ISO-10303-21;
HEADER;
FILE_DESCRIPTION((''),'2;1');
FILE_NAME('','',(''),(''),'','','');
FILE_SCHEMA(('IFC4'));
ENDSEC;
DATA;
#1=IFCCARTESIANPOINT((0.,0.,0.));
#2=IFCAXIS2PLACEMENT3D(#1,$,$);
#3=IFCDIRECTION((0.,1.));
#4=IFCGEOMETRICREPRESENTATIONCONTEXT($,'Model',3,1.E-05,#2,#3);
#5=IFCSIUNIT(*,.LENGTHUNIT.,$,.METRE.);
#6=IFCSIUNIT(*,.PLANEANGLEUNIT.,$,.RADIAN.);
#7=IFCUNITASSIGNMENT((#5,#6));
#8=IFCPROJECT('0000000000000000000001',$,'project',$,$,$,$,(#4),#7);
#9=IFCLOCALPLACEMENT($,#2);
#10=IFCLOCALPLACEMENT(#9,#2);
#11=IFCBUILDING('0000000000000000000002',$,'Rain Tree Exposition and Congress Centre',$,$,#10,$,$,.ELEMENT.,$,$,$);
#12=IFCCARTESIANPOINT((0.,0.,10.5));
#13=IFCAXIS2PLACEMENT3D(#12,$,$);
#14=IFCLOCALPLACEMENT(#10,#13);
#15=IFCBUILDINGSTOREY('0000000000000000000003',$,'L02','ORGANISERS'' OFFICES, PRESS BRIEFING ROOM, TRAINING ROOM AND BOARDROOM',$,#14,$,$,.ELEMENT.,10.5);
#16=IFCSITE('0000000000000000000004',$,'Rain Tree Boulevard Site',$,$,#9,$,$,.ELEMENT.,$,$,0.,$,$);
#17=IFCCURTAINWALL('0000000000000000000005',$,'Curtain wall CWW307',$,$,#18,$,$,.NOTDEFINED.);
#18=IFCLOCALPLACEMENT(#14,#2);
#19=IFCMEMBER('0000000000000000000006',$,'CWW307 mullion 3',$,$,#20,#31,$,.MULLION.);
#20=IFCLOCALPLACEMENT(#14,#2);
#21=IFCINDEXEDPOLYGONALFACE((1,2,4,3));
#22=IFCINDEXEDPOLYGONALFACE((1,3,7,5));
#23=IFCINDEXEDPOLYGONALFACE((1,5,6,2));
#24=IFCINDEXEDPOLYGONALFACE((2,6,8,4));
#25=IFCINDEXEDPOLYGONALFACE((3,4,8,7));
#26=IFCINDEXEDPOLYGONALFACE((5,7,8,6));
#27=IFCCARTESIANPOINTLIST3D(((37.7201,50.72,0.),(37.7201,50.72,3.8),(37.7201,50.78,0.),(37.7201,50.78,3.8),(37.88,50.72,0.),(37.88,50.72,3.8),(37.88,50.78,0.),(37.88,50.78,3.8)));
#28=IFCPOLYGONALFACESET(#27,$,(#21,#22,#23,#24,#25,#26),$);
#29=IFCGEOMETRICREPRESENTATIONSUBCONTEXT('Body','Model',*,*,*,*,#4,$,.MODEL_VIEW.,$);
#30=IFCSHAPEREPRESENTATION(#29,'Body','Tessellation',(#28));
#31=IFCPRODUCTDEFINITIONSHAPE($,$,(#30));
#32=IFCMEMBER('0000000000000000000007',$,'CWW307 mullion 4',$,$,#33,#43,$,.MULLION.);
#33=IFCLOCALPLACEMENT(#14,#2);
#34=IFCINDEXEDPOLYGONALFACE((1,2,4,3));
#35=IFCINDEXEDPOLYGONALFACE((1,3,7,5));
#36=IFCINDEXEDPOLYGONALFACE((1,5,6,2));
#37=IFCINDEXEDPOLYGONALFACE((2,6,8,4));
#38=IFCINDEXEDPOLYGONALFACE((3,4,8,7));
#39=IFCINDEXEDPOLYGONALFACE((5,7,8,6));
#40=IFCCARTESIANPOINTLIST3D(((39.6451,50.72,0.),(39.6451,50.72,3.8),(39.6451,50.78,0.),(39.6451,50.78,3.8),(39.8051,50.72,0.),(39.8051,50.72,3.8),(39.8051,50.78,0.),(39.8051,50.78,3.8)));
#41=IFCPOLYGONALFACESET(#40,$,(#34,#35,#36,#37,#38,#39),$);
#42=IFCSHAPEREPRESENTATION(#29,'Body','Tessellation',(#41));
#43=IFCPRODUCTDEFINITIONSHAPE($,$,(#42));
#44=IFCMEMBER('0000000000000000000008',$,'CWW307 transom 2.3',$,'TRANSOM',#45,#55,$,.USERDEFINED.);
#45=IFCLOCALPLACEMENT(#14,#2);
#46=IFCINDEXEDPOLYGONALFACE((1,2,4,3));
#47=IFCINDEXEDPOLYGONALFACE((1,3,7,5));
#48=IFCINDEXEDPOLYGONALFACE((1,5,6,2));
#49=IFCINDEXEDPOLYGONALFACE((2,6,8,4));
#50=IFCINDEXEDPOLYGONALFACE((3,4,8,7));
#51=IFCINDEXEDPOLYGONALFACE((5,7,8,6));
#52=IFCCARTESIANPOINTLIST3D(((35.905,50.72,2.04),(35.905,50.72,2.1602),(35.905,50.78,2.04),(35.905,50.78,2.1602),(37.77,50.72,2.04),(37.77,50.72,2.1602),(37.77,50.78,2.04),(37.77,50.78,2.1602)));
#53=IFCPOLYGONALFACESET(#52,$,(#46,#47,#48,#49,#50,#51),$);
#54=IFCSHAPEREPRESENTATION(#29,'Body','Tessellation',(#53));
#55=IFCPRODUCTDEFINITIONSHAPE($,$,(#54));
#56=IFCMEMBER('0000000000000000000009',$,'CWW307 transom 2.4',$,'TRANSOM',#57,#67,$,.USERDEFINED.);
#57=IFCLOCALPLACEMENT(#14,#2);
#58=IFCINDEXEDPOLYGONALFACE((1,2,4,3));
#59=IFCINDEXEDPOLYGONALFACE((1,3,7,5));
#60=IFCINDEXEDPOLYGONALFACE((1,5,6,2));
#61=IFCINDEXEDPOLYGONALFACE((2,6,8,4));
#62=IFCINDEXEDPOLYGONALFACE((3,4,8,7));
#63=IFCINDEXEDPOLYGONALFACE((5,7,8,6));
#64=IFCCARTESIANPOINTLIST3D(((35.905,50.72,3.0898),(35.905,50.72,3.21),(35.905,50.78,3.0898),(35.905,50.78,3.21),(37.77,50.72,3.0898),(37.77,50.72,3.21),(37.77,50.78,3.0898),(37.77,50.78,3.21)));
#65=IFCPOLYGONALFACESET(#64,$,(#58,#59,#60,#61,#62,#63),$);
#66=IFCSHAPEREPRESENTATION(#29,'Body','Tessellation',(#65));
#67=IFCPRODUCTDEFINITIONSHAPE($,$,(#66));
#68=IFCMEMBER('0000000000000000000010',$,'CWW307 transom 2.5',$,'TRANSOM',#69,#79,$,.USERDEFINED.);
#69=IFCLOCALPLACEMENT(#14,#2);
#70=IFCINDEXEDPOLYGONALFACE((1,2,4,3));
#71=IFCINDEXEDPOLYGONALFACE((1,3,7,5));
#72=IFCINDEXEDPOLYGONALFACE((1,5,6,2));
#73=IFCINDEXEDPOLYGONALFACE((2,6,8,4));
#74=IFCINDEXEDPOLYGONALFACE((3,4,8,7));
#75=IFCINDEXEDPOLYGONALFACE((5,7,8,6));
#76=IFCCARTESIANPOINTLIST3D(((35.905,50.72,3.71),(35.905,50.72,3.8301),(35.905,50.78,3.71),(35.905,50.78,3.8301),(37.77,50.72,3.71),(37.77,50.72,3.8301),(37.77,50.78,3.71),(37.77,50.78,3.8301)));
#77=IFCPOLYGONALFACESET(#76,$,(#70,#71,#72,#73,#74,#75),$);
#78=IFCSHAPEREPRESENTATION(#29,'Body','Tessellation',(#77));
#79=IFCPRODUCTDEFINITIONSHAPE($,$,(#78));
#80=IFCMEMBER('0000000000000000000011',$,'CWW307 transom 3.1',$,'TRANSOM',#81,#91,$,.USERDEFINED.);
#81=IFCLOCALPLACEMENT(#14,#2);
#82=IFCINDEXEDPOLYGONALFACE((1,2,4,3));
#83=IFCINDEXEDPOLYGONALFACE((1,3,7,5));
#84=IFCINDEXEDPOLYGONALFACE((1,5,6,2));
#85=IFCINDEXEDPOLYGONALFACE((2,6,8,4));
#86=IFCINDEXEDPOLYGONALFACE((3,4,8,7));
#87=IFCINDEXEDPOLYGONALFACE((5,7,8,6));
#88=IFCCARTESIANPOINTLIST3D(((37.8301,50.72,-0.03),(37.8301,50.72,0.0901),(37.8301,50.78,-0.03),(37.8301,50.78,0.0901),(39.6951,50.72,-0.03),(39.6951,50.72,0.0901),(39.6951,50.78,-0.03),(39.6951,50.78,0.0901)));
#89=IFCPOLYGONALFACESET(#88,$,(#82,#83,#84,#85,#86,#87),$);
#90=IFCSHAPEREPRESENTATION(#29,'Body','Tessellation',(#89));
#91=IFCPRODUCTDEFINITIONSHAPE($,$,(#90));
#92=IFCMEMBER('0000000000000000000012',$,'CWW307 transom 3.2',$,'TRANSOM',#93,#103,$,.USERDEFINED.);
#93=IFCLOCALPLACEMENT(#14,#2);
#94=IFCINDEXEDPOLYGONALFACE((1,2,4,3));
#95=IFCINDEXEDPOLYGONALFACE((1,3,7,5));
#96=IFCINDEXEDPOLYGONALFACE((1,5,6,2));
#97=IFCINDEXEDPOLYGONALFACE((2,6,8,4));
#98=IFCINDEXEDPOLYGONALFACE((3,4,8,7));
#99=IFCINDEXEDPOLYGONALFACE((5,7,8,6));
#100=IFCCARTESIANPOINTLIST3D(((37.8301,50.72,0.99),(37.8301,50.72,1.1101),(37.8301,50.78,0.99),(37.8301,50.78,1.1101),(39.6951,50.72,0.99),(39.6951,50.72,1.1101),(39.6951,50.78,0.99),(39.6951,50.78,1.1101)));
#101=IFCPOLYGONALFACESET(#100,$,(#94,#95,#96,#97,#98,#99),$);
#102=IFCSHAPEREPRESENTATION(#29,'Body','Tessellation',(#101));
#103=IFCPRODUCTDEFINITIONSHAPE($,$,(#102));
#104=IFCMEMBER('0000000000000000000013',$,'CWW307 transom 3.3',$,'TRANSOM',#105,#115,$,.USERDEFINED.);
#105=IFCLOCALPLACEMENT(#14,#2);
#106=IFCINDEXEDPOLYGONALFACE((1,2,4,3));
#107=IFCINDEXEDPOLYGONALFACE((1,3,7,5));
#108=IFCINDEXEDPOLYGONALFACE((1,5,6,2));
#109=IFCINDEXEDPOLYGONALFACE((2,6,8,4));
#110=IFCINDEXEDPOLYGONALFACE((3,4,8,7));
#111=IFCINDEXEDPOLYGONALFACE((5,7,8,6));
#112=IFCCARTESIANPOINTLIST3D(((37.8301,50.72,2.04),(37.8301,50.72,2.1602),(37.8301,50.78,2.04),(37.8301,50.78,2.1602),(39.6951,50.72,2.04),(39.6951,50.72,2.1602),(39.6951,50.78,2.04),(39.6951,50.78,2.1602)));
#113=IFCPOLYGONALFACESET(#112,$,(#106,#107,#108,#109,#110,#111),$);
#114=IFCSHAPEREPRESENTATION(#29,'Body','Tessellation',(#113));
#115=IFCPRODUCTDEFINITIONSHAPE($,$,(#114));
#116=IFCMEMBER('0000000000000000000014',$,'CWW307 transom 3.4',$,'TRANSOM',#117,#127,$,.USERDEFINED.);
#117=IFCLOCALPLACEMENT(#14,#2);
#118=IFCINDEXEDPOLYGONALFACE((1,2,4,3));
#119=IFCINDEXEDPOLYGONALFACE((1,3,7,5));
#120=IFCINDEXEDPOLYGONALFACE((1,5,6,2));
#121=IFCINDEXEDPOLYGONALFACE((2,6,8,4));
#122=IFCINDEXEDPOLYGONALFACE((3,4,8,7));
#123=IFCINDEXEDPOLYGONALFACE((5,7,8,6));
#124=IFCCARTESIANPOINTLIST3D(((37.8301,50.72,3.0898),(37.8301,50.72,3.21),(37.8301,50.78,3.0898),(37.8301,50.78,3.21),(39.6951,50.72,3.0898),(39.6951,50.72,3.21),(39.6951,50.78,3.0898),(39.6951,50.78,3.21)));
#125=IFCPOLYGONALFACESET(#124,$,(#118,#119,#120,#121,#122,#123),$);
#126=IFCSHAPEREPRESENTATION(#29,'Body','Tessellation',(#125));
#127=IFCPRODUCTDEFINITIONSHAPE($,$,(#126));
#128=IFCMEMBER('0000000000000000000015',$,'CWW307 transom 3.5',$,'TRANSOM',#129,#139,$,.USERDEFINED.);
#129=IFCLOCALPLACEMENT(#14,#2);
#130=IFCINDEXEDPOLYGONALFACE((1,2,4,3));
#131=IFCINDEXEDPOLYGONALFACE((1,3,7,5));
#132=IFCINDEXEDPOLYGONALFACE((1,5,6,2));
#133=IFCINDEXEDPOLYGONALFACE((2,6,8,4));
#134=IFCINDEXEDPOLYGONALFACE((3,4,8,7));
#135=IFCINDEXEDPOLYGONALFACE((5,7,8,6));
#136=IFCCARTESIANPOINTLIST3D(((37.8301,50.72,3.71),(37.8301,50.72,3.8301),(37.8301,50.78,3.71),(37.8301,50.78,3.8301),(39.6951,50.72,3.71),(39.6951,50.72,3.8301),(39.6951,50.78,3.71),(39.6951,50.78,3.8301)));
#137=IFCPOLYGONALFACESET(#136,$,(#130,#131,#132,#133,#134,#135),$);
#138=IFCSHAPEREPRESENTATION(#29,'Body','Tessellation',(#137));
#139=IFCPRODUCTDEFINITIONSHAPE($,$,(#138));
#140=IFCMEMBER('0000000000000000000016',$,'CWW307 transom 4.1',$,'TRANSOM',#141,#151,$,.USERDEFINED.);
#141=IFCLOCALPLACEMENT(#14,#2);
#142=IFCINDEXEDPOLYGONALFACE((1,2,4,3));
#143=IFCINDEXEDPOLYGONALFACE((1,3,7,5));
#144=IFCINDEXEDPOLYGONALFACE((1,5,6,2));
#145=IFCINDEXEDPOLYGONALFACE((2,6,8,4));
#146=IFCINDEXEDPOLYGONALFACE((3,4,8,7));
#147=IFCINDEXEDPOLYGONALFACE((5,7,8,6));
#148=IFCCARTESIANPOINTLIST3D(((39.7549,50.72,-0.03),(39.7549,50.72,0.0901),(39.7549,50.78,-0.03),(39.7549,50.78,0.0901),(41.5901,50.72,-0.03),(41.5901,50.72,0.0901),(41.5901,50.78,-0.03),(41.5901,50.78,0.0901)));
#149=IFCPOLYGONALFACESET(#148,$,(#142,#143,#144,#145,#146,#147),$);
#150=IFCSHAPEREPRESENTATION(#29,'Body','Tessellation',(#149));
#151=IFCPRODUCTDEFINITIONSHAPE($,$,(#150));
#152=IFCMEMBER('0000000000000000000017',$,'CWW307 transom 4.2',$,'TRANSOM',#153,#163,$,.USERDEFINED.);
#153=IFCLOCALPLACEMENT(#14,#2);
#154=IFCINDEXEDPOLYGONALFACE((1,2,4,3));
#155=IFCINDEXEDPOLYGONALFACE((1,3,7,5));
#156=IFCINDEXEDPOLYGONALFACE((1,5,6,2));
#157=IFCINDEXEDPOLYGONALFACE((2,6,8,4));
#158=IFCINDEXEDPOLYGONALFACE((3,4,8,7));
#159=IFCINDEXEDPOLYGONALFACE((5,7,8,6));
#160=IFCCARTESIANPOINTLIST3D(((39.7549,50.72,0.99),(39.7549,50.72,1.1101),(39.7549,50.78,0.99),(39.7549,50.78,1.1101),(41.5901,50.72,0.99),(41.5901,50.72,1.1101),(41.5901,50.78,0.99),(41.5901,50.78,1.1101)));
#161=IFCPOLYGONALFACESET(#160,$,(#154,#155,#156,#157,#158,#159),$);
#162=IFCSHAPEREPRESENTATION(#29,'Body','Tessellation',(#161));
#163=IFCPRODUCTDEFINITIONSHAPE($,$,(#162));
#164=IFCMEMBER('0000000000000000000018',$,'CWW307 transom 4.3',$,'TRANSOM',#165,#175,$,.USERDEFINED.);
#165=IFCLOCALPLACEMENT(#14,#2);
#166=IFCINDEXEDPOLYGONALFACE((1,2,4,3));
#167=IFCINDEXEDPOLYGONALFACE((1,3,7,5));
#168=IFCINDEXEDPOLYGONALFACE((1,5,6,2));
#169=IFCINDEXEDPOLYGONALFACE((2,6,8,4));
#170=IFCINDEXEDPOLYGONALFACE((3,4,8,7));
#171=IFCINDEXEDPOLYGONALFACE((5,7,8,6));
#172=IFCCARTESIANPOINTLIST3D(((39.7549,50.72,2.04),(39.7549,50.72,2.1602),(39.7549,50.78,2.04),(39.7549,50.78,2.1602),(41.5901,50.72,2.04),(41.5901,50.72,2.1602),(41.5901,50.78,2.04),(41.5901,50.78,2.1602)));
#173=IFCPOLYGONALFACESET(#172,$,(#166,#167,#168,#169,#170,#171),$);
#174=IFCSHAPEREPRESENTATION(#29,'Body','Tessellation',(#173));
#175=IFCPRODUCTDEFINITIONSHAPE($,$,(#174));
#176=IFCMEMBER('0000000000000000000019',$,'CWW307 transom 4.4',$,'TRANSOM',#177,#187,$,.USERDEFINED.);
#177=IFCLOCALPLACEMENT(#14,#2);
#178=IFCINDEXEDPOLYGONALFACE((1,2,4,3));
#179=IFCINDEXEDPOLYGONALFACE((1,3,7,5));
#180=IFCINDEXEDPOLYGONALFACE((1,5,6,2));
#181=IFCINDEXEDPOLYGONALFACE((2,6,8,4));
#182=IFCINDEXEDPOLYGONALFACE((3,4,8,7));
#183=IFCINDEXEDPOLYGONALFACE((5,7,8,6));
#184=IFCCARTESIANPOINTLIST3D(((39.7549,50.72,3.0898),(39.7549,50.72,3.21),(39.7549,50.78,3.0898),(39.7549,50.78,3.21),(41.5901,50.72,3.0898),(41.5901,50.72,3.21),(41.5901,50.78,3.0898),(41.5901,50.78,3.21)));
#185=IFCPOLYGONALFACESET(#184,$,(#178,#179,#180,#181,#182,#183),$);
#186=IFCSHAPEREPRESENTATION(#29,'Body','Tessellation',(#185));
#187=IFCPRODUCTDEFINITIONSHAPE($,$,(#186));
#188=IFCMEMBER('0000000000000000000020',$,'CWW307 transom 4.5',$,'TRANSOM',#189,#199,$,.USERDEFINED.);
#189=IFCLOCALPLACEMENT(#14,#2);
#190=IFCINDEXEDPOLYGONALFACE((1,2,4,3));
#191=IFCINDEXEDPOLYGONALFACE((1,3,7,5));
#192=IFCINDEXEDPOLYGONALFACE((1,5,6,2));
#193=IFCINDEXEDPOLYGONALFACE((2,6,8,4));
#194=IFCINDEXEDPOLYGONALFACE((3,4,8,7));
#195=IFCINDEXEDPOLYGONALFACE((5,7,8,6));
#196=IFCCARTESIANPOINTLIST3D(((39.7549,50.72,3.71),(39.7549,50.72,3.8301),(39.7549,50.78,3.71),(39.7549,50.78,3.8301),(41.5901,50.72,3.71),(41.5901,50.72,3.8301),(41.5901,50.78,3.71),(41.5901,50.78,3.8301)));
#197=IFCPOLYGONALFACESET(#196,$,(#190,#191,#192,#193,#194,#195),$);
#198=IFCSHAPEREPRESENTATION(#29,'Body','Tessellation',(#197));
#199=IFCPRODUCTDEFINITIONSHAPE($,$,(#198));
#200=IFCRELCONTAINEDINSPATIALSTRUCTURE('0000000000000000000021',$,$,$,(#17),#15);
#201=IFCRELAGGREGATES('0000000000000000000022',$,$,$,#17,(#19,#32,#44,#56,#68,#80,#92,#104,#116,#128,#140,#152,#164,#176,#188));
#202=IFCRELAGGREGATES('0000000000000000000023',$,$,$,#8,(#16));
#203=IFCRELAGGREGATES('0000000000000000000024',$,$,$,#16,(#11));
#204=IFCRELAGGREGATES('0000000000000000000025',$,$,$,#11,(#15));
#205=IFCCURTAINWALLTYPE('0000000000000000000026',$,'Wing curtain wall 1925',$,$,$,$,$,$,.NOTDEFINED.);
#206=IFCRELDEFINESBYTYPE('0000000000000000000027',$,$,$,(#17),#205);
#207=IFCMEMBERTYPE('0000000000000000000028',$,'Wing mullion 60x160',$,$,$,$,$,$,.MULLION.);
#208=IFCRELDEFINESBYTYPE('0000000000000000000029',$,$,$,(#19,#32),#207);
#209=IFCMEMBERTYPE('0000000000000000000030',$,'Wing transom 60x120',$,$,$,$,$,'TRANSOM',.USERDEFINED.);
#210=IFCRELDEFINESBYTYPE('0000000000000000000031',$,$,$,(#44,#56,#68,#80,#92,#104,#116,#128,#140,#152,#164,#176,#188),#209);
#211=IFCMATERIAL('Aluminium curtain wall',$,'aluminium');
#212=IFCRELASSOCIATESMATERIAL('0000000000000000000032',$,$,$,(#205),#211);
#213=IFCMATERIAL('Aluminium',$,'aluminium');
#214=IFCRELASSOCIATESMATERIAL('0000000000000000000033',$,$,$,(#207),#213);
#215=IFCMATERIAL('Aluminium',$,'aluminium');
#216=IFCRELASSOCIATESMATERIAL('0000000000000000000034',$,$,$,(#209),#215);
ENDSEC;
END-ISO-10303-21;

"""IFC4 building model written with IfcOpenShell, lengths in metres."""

from ifc_helpers import new_model, si_unit, direction, frame, origin, origin_2d, place, context, subcontext, project, spatial, rectangle, extrude, material, material_profile, profile_set, type_object, element, aggregate, save


model = new_model("IFC4")

# Units and contexts
model_context = context("Model", 3, precision=1e-05, world=origin(), true_north=direction((0.0, 1.0)))
body_context = subcontext(model_context, "Body", "Model", "MODEL_VIEW")
ifc_project = project(units=[si_unit("LENGTHUNIT", "METRE"), si_unit("PLANEANGLEUNIT", "RADIAN")], contexts=[model_context])

# Site, building, storey
site_placement = place(None, origin())
site = spatial("IfcSite", under=ifc_project, at=site_placement, Name="Rain Tree Boulevard Site", CompositionType="ELEMENT", RefElevation=0.0)
building_placement = place(site_placement, origin())
building = spatial("IfcBuilding", under=site, at=building_placement, Name="Rain Tree Exposition and Congress Centre", CompositionType="ELEMENT")
storey_placement = place(building_placement, frame((0.0, 0.0, 10.5)))
storey = spatial("IfcBuildingStorey", under=building, at=storey_placement, Name="L02", Description="ORGANISERS' OFFICES, PRESS BRIEFING ROOM, TRAINING ROOM AND BOARDROOM", CompositionType="ELEMENT", Elevation=10.5)

# Curtain wall, members
ifc_material_1 = material(Name="Aluminium curtain wall", Category="aluminium")
curtain_wall_type = type_object("IfcCurtainWallType", Name="Wing curtain wall 1925", PredefinedType="NOTDEFINED", material=ifc_material_1)
curtain_wall_placement = place(storey_placement, origin())
curtain_wall = element("IfcCurtainWall", 1, at=curtain_wall_placement, inside=storey, type_object=curtain_wall_type, Name="Curtain wall CWW307", PredefinedType="NOTDEFINED")
ifc_material_2 = material(Name="Aluminium", Category="aluminium")
ifc_material_profile_1 = material_profile(ifc_material_2, rectangle(XDim=0.0601, YDim=0.1599, at=origin_2d()), Name="Aluminium 60x160")
ifc_profile_set_1 = profile_set([ifc_material_profile_1], Name="Aluminium")
member_type_1 = type_object("IfcMemberType", Name="Wing mullion 60x160", PredefinedType="MULLION", material=ifc_profile_set_1)
member_1_placement = place(storey_placement, frame((37.8, 50.75, 0.0), z_axis=(0.0, 0.0, 1.0), x_axis=(0.0, 1.0, 0.0)))
member_1 = element("IfcMember", 2, at=member_1_placement, type_object=member_type_1, Name="CWW307 mullion 3", PredefinedType="MULLION", context=body_context, shape_type="SweptSolid", body=[
    extrude(rectangle(XDim=0.0601, YDim=0.1599, at=origin_2d()), origin(), (0.0, 0.0, 1.0), 3.8),
])
member_2_placement = place(storey_placement, frame((39.7251, 50.75, 0.0), z_axis=(0.0, 0.0, 1.0), x_axis=(0.0, 1.0, 0.0)))
member_2 = element("IfcMember", 3, at=member_2_placement, type_object=member_type_1, Name="CWW307 mullion 4", PredefinedType="MULLION", context=body_context, shape_type="SweptSolid", body=[
    extrude(rectangle(XDim=0.0601, YDim=0.1599, at=origin_2d()), origin(), (0.0, 0.0, 1.0), 3.8),
])
ifc_material_3 = material(Name="Aluminium", Category="aluminium")
ifc_material_profile_2 = material_profile(ifc_material_3, rectangle(XDim=0.0601, YDim=0.1201, at=origin_2d()), Name="Aluminium 60x120")
ifc_profile_set_2 = profile_set([ifc_material_profile_2], Name="Aluminium")
member_type_2 = type_object("IfcMemberType", Name="Wing transom 60x120", ElementType="TRANSOM", PredefinedType="USERDEFINED", material=ifc_profile_set_2)
member_3_placement = place(storey_placement, frame((35.905, 50.75, 2.1001), z_axis=(1.0, 0.0, 0.0), x_axis=(0.0, 1.0, 0.0)))
member_3 = element("IfcMember", 4, at=member_3_placement, type_object=member_type_2, Name="CWW307 transom 2.3", ObjectType="TRANSOM", PredefinedType="USERDEFINED", context=body_context, shape_type="SweptSolid", body=[
    extrude(rectangle(XDim=0.0601, YDim=0.1201, at=origin_2d()), origin(), (0.0, 0.0, 1.0), 1.865),
])
member_4_placement = place(storey_placement, frame((35.905, 50.75, 3.1499), z_axis=(1.0, 0.0, 0.0), x_axis=(0.0, 1.0, 0.0)))
member_4 = element("IfcMember", 5, at=member_4_placement, type_object=member_type_2, Name="CWW307 transom 2.4", ObjectType="TRANSOM", PredefinedType="USERDEFINED", context=body_context, shape_type="SweptSolid", body=[
    extrude(rectangle(XDim=0.0601, YDim=0.1201, at=origin_2d()), origin(), (0.0, 0.0, 1.0), 1.865),
])
member_5_placement = place(storey_placement, frame((35.905, 50.75, 3.77), z_axis=(1.0, 0.0, 0.0), x_axis=(0.0, 1.0, 0.0)))
member_5 = element("IfcMember", 6, at=member_5_placement, type_object=member_type_2, Name="CWW307 transom 2.5", ObjectType="TRANSOM", PredefinedType="USERDEFINED", context=body_context, shape_type="SweptSolid", body=[
    extrude(rectangle(XDim=0.0601, YDim=0.1201, at=origin_2d()), origin(), (0.0, 0.0, 1.0), 1.865),
])
member_6_placement = place(storey_placement, frame((37.8301, 50.75, 0.03), z_axis=(1.0, 0.0, 0.0), x_axis=(0.0, 1.0, 0.0)))
member_6 = element("IfcMember", 7, at=member_6_placement, type_object=member_type_2, Name="CWW307 transom 3.1", ObjectType="TRANSOM", PredefinedType="USERDEFINED", context=body_context, shape_type="SweptSolid", body=[
    extrude(rectangle(XDim=0.0601, YDim=0.1201, at=origin_2d()), origin(), (0.0, 0.0, 1.0), 1.865),
])
member_7_placement = place(storey_placement, frame((37.8301, 50.75, 1.05), z_axis=(1.0, 0.0, 0.0), x_axis=(0.0, 1.0, 0.0)))
member_7 = element("IfcMember", 8, at=member_7_placement, type_object=member_type_2, Name="CWW307 transom 3.2", ObjectType="TRANSOM", PredefinedType="USERDEFINED", context=body_context, shape_type="SweptSolid", body=[
    extrude(rectangle(XDim=0.0601, YDim=0.1201, at=origin_2d()), origin(), (0.0, 0.0, 1.0), 1.865),
])
member_8_placement = place(storey_placement, frame((37.8301, 50.75, 2.1001), z_axis=(1.0, 0.0, 0.0), x_axis=(0.0, 1.0, 0.0)))
member_8 = element("IfcMember", 9, at=member_8_placement, type_object=member_type_2, Name="CWW307 transom 3.3", ObjectType="TRANSOM", PredefinedType="USERDEFINED", context=body_context, shape_type="SweptSolid", body=[
    extrude(rectangle(XDim=0.0601, YDim=0.1201, at=origin_2d()), origin(), (0.0, 0.0, 1.0), 1.865),
])
member_9_placement = place(storey_placement, frame((37.8301, 50.75, 3.1499), z_axis=(1.0, 0.0, 0.0), x_axis=(0.0, 1.0, 0.0)))
member_9 = element("IfcMember", 10, at=member_9_placement, type_object=member_type_2, Name="CWW307 transom 3.4", ObjectType="TRANSOM", PredefinedType="USERDEFINED", context=body_context, shape_type="SweptSolid", body=[
    extrude(rectangle(XDim=0.0601, YDim=0.1201, at=origin_2d()), origin(), (0.0, 0.0, 1.0), 1.865),
])
member_10_placement = place(storey_placement, frame((37.8301, 50.75, 3.77), z_axis=(1.0, 0.0, 0.0), x_axis=(0.0, 1.0, 0.0)))
member_10 = element("IfcMember", 11, at=member_10_placement, type_object=member_type_2, Name="CWW307 transom 3.5", ObjectType="TRANSOM", PredefinedType="USERDEFINED", context=body_context, shape_type="SweptSolid", body=[
    extrude(rectangle(XDim=0.0601, YDim=0.1201, at=origin_2d()), origin(), (0.0, 0.0, 1.0), 1.865),
])
member_11_placement = place(storey_placement, frame((39.7549, 50.75, 0.03), z_axis=(1.0, 0.0, 0.0), x_axis=(0.0, 1.0, 0.0)))
member_11 = element("IfcMember", 12, at=member_11_placement, type_object=member_type_2, Name="CWW307 transom 4.1", ObjectType="TRANSOM", PredefinedType="USERDEFINED", context=body_context, shape_type="SweptSolid", body=[
    extrude(rectangle(XDim=0.0601, YDim=0.1201, at=origin_2d()), origin(), (0.0, 0.0, 1.0), 1.8352),
])
member_12_placement = place(storey_placement, frame((39.7549, 50.75, 1.05), z_axis=(1.0, 0.0, 0.0), x_axis=(0.0, 1.0, 0.0)))
member_12 = element("IfcMember", 13, at=member_12_placement, type_object=member_type_2, Name="CWW307 transom 4.2", ObjectType="TRANSOM", PredefinedType="USERDEFINED", context=body_context, shape_type="SweptSolid", body=[
    extrude(rectangle(XDim=0.0601, YDim=0.1201, at=origin_2d()), origin(), (0.0, 0.0, 1.0), 1.8352),
])
member_13_placement = place(storey_placement, frame((39.7549, 50.75, 2.1001), z_axis=(1.0, 0.0, 0.0), x_axis=(0.0, 1.0, 0.0)))
member_13 = element("IfcMember", 14, at=member_13_placement, type_object=member_type_2, Name="CWW307 transom 4.3", ObjectType="TRANSOM", PredefinedType="USERDEFINED", context=body_context, shape_type="SweptSolid", body=[
    extrude(rectangle(XDim=0.0601, YDim=0.1201, at=origin_2d()), origin(), (0.0, 0.0, 1.0), 1.8352),
])
member_14_placement = place(storey_placement, frame((39.7549, 50.75, 3.1499), z_axis=(1.0, 0.0, 0.0), x_axis=(0.0, 1.0, 0.0)))
member_14 = element("IfcMember", 15, at=member_14_placement, type_object=member_type_2, Name="CWW307 transom 4.4", ObjectType="TRANSOM", PredefinedType="USERDEFINED", context=body_context, shape_type="SweptSolid", body=[
    extrude(rectangle(XDim=0.0601, YDim=0.1201, at=origin_2d()), origin(), (0.0, 0.0, 1.0), 1.8352),
])
member_15_placement = place(storey_placement, frame((39.7549, 50.75, 3.77), z_axis=(1.0, 0.0, 0.0), x_axis=(0.0, 1.0, 0.0)))
member_15 = element("IfcMember", 16, at=member_15_placement, type_object=member_type_2, Name="CWW307 transom 4.5", ObjectType="TRANSOM", PredefinedType="USERDEFINED", context=body_context, shape_type="SweptSolid", body=[
    extrude(rectangle(XDim=0.0601, YDim=0.1201, at=origin_2d()), origin(), (0.0, 0.0, 1.0), 1.8352),
])
aggregate(curtain_wall, [member_1, member_2, member_3, member_4, member_5, member_6, member_7, member_8, member_9, member_10, member_11, member_12, member_13, member_14, member_15])

save(model, "model.ifc")
